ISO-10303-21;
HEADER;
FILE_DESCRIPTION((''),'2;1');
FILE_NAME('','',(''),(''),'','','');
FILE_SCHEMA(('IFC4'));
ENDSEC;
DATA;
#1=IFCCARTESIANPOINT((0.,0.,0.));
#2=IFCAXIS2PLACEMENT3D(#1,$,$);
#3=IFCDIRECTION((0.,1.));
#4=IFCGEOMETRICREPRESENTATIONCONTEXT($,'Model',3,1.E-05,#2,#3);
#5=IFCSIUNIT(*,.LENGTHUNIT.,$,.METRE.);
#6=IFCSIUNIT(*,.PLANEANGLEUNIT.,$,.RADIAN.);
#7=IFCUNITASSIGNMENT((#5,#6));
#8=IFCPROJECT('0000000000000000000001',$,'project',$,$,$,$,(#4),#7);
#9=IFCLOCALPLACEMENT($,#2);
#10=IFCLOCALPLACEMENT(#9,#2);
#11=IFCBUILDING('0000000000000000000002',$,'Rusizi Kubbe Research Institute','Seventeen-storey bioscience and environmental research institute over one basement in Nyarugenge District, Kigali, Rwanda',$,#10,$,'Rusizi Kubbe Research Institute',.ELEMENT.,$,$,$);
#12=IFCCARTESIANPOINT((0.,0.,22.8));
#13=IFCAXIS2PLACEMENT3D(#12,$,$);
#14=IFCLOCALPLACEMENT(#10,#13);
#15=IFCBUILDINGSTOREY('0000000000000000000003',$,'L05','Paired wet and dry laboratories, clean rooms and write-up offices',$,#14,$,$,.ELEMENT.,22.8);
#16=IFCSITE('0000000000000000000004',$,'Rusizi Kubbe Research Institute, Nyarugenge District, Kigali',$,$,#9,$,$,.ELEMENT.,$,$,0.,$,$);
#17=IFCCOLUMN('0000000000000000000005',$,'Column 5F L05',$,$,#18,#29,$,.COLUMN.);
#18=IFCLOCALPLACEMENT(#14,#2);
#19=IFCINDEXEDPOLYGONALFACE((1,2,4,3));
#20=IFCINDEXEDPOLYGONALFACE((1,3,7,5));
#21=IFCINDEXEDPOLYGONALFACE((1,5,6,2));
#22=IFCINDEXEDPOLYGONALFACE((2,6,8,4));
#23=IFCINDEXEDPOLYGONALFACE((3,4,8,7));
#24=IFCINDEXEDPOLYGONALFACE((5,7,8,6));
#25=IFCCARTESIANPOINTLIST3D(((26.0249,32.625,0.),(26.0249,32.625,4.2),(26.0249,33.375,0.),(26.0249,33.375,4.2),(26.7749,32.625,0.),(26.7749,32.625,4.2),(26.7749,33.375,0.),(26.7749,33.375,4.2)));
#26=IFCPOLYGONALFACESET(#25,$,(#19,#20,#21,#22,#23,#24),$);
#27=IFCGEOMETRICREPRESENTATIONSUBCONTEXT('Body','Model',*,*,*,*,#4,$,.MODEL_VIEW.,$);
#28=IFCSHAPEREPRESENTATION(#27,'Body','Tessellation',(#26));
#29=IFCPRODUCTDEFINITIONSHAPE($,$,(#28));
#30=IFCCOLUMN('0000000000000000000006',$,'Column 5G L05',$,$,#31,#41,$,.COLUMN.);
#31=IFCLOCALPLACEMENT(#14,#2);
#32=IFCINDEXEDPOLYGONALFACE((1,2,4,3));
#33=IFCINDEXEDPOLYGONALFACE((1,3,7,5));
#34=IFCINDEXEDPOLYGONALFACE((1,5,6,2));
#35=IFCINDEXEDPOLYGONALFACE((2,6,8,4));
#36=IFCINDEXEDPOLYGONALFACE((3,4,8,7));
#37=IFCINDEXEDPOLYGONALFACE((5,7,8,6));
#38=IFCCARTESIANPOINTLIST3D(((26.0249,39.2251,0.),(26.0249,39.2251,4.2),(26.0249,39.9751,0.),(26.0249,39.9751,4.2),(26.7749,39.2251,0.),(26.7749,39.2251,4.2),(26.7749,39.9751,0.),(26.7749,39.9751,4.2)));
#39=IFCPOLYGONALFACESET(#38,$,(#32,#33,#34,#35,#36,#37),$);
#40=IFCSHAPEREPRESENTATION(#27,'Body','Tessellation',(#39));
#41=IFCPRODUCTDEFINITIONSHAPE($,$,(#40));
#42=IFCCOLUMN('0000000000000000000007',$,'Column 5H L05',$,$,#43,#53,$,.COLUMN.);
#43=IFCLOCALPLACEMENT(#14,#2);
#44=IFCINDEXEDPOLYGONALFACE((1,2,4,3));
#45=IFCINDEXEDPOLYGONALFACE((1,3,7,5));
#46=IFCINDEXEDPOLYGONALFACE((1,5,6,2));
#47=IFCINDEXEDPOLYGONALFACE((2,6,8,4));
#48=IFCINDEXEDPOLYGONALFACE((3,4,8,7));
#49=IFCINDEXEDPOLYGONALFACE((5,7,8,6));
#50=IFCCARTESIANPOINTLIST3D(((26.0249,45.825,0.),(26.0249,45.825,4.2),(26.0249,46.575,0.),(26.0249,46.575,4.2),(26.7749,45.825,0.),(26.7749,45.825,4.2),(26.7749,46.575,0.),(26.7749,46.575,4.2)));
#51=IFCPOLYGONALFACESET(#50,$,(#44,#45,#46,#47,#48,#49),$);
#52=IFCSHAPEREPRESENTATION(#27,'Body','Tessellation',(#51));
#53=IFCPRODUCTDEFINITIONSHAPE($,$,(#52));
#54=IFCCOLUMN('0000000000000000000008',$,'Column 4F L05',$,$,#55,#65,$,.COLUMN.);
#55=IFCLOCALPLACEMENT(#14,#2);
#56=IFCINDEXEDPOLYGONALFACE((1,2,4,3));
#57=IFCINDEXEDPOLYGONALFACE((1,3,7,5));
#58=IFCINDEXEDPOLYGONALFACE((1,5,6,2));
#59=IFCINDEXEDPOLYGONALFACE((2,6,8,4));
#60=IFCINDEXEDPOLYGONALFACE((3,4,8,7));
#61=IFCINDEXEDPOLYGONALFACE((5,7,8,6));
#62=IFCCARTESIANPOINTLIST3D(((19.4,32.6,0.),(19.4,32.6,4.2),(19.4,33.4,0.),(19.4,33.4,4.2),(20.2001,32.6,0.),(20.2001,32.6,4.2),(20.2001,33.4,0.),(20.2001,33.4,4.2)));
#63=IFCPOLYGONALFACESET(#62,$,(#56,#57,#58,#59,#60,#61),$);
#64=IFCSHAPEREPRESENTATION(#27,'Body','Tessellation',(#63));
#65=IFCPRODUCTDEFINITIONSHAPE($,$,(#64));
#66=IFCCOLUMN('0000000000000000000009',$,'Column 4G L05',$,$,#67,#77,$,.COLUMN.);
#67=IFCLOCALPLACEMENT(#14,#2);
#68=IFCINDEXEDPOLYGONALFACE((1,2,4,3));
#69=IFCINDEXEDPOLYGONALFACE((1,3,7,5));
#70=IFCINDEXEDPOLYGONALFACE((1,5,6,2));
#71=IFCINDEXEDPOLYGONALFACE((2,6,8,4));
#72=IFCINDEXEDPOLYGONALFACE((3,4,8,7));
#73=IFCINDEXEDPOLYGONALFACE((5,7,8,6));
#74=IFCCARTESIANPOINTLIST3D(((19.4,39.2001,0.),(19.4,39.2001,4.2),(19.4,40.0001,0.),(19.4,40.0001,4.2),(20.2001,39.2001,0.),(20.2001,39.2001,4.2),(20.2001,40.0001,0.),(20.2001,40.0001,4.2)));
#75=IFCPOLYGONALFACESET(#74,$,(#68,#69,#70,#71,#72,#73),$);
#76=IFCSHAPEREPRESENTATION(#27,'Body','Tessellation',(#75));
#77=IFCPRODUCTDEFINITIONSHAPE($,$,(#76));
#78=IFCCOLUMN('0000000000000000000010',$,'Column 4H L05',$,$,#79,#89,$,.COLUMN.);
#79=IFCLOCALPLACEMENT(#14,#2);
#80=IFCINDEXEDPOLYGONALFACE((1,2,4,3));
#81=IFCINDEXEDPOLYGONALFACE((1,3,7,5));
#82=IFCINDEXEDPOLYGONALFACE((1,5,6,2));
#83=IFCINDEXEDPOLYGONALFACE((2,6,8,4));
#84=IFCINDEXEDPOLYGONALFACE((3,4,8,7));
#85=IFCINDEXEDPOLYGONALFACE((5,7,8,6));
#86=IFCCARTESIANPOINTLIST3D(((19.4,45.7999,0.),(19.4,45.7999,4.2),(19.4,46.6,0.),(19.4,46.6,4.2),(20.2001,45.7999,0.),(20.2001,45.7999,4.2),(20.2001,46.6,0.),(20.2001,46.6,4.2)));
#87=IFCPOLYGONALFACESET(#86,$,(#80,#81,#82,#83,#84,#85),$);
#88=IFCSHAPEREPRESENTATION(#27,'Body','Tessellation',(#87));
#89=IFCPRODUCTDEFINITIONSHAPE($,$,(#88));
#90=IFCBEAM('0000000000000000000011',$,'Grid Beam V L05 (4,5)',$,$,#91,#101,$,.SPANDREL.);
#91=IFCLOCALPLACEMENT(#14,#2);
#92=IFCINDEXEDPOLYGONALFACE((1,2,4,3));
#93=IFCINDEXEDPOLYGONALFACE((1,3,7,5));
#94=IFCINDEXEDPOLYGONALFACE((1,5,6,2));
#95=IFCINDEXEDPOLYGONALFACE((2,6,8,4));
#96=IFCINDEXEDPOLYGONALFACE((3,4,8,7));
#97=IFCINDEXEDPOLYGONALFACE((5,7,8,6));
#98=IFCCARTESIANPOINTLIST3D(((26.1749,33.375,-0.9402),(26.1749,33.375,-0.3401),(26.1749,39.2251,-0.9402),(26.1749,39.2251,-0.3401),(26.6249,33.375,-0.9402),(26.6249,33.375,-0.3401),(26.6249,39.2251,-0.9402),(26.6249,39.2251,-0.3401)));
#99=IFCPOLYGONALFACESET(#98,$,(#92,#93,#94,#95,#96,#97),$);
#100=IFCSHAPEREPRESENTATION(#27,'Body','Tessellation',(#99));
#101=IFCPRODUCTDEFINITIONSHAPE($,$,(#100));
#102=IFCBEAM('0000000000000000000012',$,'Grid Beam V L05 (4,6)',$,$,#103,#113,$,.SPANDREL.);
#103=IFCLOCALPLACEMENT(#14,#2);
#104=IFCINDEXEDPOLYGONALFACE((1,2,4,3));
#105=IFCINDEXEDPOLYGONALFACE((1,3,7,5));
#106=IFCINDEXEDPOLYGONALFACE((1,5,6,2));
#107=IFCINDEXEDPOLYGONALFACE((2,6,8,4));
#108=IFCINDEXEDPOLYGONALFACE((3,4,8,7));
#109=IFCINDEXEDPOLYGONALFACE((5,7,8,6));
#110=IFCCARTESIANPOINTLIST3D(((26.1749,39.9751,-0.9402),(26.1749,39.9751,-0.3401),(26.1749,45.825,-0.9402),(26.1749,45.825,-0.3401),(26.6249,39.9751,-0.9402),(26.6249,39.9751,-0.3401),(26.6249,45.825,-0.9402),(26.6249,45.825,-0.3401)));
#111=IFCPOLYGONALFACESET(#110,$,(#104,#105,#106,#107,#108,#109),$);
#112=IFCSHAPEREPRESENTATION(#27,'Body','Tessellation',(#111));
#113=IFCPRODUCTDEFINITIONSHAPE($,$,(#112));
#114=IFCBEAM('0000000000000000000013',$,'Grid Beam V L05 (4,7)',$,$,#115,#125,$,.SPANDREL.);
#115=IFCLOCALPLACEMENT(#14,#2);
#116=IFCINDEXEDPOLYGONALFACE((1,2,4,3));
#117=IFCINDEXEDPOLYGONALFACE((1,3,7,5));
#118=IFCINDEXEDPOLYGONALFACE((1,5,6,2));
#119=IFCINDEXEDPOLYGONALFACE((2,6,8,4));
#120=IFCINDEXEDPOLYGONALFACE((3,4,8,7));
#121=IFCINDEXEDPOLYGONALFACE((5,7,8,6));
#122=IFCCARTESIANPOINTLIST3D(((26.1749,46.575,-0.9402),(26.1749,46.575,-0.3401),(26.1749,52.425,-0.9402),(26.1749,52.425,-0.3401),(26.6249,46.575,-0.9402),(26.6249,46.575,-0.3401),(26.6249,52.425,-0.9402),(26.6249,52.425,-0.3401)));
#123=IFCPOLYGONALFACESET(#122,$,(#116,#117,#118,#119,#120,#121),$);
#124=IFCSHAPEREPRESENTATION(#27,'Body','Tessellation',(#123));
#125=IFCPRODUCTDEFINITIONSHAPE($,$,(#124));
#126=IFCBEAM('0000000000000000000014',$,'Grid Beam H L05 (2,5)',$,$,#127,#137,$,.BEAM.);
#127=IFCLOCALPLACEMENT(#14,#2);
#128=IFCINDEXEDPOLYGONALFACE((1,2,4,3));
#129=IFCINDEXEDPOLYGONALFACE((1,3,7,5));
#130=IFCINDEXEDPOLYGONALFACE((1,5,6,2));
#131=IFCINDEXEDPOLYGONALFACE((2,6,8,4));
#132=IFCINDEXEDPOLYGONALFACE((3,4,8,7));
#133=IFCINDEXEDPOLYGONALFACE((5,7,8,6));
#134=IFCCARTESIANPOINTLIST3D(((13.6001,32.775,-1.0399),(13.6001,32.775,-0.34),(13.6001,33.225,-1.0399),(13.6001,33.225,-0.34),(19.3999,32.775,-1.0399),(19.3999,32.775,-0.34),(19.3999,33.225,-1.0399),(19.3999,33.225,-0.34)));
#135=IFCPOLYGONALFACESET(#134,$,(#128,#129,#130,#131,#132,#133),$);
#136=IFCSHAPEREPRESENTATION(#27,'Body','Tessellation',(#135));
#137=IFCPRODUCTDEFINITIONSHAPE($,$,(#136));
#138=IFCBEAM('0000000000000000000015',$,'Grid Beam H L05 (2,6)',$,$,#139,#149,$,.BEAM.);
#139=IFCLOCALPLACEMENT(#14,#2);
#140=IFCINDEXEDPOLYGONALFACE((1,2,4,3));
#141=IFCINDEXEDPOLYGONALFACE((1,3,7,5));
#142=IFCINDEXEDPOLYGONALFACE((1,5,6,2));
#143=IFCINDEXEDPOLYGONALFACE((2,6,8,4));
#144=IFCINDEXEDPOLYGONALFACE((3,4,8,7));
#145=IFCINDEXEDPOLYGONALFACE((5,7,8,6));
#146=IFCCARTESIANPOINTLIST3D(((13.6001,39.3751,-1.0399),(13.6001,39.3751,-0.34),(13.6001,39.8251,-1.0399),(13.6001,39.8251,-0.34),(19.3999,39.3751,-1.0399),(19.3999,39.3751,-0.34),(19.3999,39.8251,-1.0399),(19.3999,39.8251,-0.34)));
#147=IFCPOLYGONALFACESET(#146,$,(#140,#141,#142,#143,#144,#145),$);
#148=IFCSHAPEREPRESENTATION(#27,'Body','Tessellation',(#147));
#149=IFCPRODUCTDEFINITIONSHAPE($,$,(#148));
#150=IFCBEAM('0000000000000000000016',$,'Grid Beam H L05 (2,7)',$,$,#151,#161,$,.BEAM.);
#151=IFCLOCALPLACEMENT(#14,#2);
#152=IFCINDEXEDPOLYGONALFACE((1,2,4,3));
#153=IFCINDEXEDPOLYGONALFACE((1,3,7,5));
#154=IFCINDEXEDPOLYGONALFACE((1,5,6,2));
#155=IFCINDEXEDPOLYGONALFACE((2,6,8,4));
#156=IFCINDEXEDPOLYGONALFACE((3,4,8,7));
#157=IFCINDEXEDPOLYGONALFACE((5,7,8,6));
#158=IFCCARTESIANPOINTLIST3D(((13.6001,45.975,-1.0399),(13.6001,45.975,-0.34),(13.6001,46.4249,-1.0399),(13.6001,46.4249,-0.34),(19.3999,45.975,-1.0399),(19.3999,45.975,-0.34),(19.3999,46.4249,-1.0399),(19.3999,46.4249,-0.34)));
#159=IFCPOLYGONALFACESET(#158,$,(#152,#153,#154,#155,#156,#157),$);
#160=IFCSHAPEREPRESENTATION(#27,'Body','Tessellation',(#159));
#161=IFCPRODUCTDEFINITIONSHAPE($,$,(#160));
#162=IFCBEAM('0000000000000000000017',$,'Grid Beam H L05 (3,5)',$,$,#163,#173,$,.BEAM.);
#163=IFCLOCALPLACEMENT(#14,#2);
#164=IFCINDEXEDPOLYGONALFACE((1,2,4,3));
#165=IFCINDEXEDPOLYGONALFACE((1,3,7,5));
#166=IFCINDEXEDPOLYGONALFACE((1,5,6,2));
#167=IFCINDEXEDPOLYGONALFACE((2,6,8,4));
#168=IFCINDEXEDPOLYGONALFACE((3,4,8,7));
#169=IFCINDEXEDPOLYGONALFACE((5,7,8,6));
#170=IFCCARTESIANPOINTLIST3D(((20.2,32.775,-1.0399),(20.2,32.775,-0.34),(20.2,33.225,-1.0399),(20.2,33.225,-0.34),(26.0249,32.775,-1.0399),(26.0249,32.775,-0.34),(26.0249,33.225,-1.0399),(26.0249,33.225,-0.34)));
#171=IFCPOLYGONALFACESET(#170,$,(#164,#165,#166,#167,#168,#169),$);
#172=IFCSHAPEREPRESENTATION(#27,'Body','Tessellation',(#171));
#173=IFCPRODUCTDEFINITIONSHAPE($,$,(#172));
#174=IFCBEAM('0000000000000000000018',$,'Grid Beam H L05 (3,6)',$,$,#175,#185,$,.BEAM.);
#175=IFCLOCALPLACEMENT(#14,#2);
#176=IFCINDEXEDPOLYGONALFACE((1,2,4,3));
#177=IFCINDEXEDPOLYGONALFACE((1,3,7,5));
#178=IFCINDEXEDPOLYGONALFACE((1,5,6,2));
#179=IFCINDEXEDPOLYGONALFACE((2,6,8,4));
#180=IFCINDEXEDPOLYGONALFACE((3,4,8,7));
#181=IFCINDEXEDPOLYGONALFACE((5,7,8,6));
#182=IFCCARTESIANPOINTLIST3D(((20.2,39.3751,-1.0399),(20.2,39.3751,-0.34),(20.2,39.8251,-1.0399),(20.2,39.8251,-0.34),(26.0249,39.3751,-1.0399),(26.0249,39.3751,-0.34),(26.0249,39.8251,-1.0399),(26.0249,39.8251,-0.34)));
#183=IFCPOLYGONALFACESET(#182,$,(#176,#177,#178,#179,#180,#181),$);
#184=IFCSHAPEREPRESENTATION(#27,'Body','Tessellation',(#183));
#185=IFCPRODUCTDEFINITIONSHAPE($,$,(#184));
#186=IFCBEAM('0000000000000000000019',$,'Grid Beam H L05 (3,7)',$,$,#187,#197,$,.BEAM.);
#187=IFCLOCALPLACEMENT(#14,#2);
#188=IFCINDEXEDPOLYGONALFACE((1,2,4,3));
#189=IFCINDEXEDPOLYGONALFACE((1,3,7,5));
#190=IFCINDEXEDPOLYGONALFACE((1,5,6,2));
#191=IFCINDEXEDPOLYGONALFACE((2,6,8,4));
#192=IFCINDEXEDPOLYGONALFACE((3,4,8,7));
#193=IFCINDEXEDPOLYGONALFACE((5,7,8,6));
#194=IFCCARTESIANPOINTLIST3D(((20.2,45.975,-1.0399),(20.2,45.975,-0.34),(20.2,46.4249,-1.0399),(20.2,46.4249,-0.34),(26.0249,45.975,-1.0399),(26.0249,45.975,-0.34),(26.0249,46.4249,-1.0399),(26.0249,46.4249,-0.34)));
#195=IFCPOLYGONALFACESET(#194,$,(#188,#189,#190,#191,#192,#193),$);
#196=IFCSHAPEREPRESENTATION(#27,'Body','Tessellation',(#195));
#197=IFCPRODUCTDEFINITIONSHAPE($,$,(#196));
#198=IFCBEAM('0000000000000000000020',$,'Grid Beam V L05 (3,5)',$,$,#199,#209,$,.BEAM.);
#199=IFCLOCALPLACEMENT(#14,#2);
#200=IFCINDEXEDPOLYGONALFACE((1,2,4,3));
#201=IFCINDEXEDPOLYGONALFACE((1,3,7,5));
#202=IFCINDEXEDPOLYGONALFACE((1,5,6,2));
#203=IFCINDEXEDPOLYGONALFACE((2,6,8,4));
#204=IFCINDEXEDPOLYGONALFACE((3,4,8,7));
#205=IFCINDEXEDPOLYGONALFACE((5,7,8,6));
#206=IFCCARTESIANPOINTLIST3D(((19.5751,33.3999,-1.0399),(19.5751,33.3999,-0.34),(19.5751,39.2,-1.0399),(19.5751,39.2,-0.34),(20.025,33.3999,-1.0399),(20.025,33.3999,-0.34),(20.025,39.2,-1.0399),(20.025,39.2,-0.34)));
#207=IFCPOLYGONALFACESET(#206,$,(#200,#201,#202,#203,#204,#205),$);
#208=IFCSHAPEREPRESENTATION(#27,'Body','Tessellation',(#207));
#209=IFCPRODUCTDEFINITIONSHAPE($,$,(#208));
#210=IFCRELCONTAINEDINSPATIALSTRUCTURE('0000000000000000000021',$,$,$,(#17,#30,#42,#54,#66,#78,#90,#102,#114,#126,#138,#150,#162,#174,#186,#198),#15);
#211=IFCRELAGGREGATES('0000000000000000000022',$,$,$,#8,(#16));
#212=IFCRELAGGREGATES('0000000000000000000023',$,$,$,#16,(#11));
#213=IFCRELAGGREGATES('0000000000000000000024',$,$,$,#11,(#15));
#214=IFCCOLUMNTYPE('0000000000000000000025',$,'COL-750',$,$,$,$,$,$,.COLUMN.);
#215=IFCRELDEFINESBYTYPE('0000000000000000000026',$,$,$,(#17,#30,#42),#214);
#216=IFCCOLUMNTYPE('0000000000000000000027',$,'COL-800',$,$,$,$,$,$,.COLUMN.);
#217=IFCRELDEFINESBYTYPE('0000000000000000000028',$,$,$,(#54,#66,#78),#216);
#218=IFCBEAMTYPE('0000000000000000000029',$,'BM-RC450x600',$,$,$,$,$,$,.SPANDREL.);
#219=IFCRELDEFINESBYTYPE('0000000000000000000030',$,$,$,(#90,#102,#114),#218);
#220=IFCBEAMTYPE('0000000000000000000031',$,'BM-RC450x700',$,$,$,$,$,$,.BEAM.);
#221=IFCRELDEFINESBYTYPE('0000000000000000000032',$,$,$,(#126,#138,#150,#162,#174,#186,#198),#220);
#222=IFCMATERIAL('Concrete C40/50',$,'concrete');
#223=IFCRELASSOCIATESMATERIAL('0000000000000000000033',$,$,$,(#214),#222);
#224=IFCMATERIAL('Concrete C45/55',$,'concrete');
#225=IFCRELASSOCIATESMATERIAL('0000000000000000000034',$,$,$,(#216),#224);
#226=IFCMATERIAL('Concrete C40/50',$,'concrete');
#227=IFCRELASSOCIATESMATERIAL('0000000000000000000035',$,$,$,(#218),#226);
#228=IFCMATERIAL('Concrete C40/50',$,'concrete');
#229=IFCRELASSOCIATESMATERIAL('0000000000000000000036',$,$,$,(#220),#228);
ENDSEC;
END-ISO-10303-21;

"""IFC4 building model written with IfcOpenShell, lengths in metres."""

from ifc_helpers import new_model, si_unit, direction, frame, origin, origin_2d, place, context, subcontext, project, spatial, rectangle, extrude, material, material_profile, profile_set, type_object, element, save


model = new_model("IFC4")

# Units and contexts
model_context = context("Model", 3, precision=1e-05, world=origin(), true_north=direction((0.0, 1.0)))
body_context = subcontext(model_context, "Body", "Model", "MODEL_VIEW")
ifc_project = project(units=[si_unit("LENGTHUNIT", "METRE"), si_unit("PLANEANGLEUNIT", "RADIAN")], contexts=[model_context])

# Site, building, storey
site_placement = place(None, origin())
site = spatial("IfcSite", under=ifc_project, at=site_placement, Name="Rusizi Kubbe Research Institute, Nyarugenge District, Kigali", CompositionType="ELEMENT", RefElevation=0.0)
building_placement = place(site_placement, origin())
building = spatial("IfcBuilding", under=site, at=building_placement, Name="Rusizi Kubbe Research Institute", Description="Seventeen-storey bioscience and environmental research institute over one basement in Nyarugenge District, Kigali, Rwanda", LongName="Rusizi Kubbe Research Institute", CompositionType="ELEMENT")
storey_placement = place(building_placement, frame((0.0, 0.0, 22.8)))
storey = spatial("IfcBuildingStorey", under=building, at=storey_placement, Name="L05", Description="Paired wet and dry laboratories, clean rooms and write-up offices", CompositionType="ELEMENT", Elevation=22.8)

# Columns
ifc_material_1 = material(Name="Concrete C40/50", Category="concrete")
ifc_material_profile_1 = material_profile(ifc_material_1, rectangle(XDim=0.75, YDim=0.75, at=origin_2d()), Name="RC750x750")
ifc_profile_set_1 = profile_set([ifc_material_profile_1], Name="Concrete C40/50")
column_type_1 = type_object("IfcColumnType", Name="COL-750", PredefinedType="COLUMN", material=ifc_profile_set_1)
for number, where, z_axis, x_axis, name in (
    (1, (26.3999, 33.0, 0.0), (0.0, 0.0, 1.0), (1.0, 0.0, 0.0), "Column 5F L05"),
    (2, (26.3999, 39.6001, 0.0), (0.0, 0.0, 1.0), (1.0, 0.0, 0.0), "Column 5G L05"),
    (3, (26.3999, 46.2, 0.0), (0.0, 0.0, 1.0), (1.0, 0.0, 0.0), "Column 5H L05"),
):
    element("IfcColumn", number, at=place(storey_placement, frame(where, z_axis=z_axis, x_axis=x_axis)), inside=storey, type_object=column_type_1, Name=name, PredefinedType="COLUMN", context=body_context, shape_type="SweptSolid", body=[
        extrude(rectangle(XDim=0.75, YDim=0.75, at=origin_2d()), origin(), (0.0, 0.0, 1.0), 4.2),
    ])
ifc_material_2 = material(Name="Concrete C45/55", Category="concrete")
ifc_material_profile_2 = material_profile(ifc_material_2, rectangle(XDim=0.8, YDim=0.8, at=origin_2d()), Name="RC800x800")
ifc_profile_set_2 = profile_set([ifc_material_profile_2], Name="Concrete C45/55")
column_type_2 = type_object("IfcColumnType", Name="COL-800", PredefinedType="COLUMN", material=ifc_profile_set_2)
for number, where, z_axis, x_axis, name in (
    (4, (19.8, 33.0, 0.0), (0.0, 0.0, 1.0), (1.0, 0.0, 0.0), "Column 4F L05"),
    (5, (19.8, 39.6001, 0.0), (0.0, 0.0, 1.0), (1.0, 0.0, 0.0), "Column 4G L05"),
    (6, (19.8, 46.2, 0.0), (0.0, 0.0, 1.0), (1.0, 0.0, 0.0), "Column 4H L05"),
):
    element("IfcColumn", number, at=place(storey_placement, frame(where, z_axis=z_axis, x_axis=x_axis)), inside=storey, type_object=column_type_2, Name=name, PredefinedType="COLUMN", context=body_context, shape_type="SweptSolid", body=[
        extrude(rectangle(XDim=0.8, YDim=0.8, at=origin_2d()), origin(), (0.0, 0.0, 1.0), 4.2),
    ])

# Beams
ifc_material_3 = material(Name="Concrete C40/50", Category="concrete")
ifc_material_profile_3 = material_profile(ifc_material_3, rectangle(XDim=0.45, YDim=0.6001, at=origin_2d()), Name="RC450x600")
ifc_profile_set_3 = profile_set([ifc_material_profile_3], Name="Concrete C40/50")
beam_type_1 = type_object("IfcBeamType", Name="BM-RC450x600", PredefinedType="SPANDREL", material=ifc_profile_set_3)
beam_1_placement = place(storey_placement, frame((26.3999, 33.375, -0.6401), z_axis=(0.0, 1.0, 0.0), x_axis=(-1.0, 0.0, 0.0)))
element("IfcBeam", 7, at=beam_1_placement, inside=storey, type_object=beam_type_1, Name="Grid Beam V L05 (4,5)", PredefinedType="SPANDREL", context=body_context, shape_type="SweptSolid", body=[
    extrude(rectangle(XDim=0.45, YDim=0.6001, at=origin_2d()), origin(), (0.0, 0.0, 1.0), 5.8501),
])
beam_2_placement = place(storey_placement, frame((26.3999, 39.9751, -0.6401), z_axis=(0.0, 1.0, 0.0), x_axis=(-1.0, 0.0, 0.0)))
element("IfcBeam", 8, at=beam_2_placement, inside=storey, type_object=beam_type_1, Name="Grid Beam V L05 (4,6)", PredefinedType="SPANDREL", context=body_context, shape_type="SweptSolid", body=[
    extrude(rectangle(XDim=0.45, YDim=0.6001, at=origin_2d()), origin(), (0.0, 0.0, 1.0), 5.8499),
])
beam_3_placement = place(storey_placement, frame((26.3999, 46.575, -0.6401), z_axis=(0.0, 1.0, 0.0), x_axis=(-1.0, 0.0, 0.0)))
element("IfcBeam", 9, at=beam_3_placement, inside=storey, type_object=beam_type_1, Name="Grid Beam V L05 (4,7)", PredefinedType="SPANDREL", context=body_context, shape_type="SweptSolid", body=[
    extrude(rectangle(XDim=0.45, YDim=0.6001, at=origin_2d()), origin(), (0.0, 0.0, 1.0), 5.8501),
])
ifc_material_4 = material(Name="Concrete C40/50", Category="concrete")
ifc_material_profile_4 = material_profile(ifc_material_4, rectangle(XDim=0.45, YDim=0.7, at=origin_2d()), Name="RC450x700B")
ifc_profile_set_4 = profile_set([ifc_material_profile_4], Name="Concrete C40/50")
beam_type_2 = type_object("IfcBeamType", Name="BM-RC450x700", PredefinedType="BEAM", material=ifc_profile_set_4)
for number, where, z_axis, x_axis, name in (
    (10, (13.6001, 33.0, -0.6899), (1.0, 0.0, 0.0), (0.0, 1.0, 0.0), "Grid Beam H L05 (2,5)"),
    (11, (13.6001, 39.6001, -0.6899), (1.0, 0.0, 0.0), (0.0, 1.0, 0.0), "Grid Beam H L05 (2,6)"),
    (12, (13.6001, 46.2, -0.6899), (1.0, 0.0, 0.0), (0.0, 1.0, 0.0), "Grid Beam H L05 (2,7)"),
):
    element("IfcBeam", number, at=place(storey_placement, frame(where, z_axis=z_axis, x_axis=x_axis)), inside=storey, type_object=beam_type_2, Name=name, PredefinedType="BEAM", context=body_context, shape_type="SweptSolid", body=[
        extrude(rectangle(XDim=0.45, YDim=0.7, at=origin_2d()), origin(), (0.0, 0.0, 1.0), 5.7998),
    ])
for number, where, z_axis, x_axis, name in (
    (13, (20.2, 33.0, -0.6899), (1.0, 0.0, 0.0), (0.0, 1.0, 0.0), "Grid Beam H L05 (3,5)"),
    (14, (20.2, 39.6001, -0.6899), (1.0, 0.0, 0.0), (0.0, 1.0, 0.0), "Grid Beam H L05 (3,6)"),
    (15, (20.2, 46.2, -0.6899), (1.0, 0.0, 0.0), (0.0, 1.0, 0.0), "Grid Beam H L05 (3,7)"),
):
    element("IfcBeam", number, at=place(storey_placement, frame(where, z_axis=z_axis, x_axis=x_axis)), inside=storey, type_object=beam_type_2, Name=name, PredefinedType="BEAM", context=body_context, shape_type="SweptSolid", body=[
        extrude(rectangle(XDim=0.45, YDim=0.7, at=origin_2d()), origin(), (0.0, 0.0, 1.0), 5.825),
    ])
for number, where, z_axis, x_axis, name in (
    (16, (19.8, 33.3999, -0.6899), (0.0, 1.0, 0.0), (-1.0, 0.0, 0.0), "Grid Beam V L05 (3,5)"),
):
    element("IfcBeam", number, at=place(storey_placement, frame(where, z_axis=z_axis, x_axis=x_axis)), inside=storey, type_object=beam_type_2, Name=name, PredefinedType="BEAM", context=body_context, shape_type="SweptSolid", body=[
        extrude(rectangle(XDim=0.45, YDim=0.7, at=origin_2d()), origin(), (0.0, 0.0, 1.0), 5.8),
    ])

save(model, "model.ifc")
